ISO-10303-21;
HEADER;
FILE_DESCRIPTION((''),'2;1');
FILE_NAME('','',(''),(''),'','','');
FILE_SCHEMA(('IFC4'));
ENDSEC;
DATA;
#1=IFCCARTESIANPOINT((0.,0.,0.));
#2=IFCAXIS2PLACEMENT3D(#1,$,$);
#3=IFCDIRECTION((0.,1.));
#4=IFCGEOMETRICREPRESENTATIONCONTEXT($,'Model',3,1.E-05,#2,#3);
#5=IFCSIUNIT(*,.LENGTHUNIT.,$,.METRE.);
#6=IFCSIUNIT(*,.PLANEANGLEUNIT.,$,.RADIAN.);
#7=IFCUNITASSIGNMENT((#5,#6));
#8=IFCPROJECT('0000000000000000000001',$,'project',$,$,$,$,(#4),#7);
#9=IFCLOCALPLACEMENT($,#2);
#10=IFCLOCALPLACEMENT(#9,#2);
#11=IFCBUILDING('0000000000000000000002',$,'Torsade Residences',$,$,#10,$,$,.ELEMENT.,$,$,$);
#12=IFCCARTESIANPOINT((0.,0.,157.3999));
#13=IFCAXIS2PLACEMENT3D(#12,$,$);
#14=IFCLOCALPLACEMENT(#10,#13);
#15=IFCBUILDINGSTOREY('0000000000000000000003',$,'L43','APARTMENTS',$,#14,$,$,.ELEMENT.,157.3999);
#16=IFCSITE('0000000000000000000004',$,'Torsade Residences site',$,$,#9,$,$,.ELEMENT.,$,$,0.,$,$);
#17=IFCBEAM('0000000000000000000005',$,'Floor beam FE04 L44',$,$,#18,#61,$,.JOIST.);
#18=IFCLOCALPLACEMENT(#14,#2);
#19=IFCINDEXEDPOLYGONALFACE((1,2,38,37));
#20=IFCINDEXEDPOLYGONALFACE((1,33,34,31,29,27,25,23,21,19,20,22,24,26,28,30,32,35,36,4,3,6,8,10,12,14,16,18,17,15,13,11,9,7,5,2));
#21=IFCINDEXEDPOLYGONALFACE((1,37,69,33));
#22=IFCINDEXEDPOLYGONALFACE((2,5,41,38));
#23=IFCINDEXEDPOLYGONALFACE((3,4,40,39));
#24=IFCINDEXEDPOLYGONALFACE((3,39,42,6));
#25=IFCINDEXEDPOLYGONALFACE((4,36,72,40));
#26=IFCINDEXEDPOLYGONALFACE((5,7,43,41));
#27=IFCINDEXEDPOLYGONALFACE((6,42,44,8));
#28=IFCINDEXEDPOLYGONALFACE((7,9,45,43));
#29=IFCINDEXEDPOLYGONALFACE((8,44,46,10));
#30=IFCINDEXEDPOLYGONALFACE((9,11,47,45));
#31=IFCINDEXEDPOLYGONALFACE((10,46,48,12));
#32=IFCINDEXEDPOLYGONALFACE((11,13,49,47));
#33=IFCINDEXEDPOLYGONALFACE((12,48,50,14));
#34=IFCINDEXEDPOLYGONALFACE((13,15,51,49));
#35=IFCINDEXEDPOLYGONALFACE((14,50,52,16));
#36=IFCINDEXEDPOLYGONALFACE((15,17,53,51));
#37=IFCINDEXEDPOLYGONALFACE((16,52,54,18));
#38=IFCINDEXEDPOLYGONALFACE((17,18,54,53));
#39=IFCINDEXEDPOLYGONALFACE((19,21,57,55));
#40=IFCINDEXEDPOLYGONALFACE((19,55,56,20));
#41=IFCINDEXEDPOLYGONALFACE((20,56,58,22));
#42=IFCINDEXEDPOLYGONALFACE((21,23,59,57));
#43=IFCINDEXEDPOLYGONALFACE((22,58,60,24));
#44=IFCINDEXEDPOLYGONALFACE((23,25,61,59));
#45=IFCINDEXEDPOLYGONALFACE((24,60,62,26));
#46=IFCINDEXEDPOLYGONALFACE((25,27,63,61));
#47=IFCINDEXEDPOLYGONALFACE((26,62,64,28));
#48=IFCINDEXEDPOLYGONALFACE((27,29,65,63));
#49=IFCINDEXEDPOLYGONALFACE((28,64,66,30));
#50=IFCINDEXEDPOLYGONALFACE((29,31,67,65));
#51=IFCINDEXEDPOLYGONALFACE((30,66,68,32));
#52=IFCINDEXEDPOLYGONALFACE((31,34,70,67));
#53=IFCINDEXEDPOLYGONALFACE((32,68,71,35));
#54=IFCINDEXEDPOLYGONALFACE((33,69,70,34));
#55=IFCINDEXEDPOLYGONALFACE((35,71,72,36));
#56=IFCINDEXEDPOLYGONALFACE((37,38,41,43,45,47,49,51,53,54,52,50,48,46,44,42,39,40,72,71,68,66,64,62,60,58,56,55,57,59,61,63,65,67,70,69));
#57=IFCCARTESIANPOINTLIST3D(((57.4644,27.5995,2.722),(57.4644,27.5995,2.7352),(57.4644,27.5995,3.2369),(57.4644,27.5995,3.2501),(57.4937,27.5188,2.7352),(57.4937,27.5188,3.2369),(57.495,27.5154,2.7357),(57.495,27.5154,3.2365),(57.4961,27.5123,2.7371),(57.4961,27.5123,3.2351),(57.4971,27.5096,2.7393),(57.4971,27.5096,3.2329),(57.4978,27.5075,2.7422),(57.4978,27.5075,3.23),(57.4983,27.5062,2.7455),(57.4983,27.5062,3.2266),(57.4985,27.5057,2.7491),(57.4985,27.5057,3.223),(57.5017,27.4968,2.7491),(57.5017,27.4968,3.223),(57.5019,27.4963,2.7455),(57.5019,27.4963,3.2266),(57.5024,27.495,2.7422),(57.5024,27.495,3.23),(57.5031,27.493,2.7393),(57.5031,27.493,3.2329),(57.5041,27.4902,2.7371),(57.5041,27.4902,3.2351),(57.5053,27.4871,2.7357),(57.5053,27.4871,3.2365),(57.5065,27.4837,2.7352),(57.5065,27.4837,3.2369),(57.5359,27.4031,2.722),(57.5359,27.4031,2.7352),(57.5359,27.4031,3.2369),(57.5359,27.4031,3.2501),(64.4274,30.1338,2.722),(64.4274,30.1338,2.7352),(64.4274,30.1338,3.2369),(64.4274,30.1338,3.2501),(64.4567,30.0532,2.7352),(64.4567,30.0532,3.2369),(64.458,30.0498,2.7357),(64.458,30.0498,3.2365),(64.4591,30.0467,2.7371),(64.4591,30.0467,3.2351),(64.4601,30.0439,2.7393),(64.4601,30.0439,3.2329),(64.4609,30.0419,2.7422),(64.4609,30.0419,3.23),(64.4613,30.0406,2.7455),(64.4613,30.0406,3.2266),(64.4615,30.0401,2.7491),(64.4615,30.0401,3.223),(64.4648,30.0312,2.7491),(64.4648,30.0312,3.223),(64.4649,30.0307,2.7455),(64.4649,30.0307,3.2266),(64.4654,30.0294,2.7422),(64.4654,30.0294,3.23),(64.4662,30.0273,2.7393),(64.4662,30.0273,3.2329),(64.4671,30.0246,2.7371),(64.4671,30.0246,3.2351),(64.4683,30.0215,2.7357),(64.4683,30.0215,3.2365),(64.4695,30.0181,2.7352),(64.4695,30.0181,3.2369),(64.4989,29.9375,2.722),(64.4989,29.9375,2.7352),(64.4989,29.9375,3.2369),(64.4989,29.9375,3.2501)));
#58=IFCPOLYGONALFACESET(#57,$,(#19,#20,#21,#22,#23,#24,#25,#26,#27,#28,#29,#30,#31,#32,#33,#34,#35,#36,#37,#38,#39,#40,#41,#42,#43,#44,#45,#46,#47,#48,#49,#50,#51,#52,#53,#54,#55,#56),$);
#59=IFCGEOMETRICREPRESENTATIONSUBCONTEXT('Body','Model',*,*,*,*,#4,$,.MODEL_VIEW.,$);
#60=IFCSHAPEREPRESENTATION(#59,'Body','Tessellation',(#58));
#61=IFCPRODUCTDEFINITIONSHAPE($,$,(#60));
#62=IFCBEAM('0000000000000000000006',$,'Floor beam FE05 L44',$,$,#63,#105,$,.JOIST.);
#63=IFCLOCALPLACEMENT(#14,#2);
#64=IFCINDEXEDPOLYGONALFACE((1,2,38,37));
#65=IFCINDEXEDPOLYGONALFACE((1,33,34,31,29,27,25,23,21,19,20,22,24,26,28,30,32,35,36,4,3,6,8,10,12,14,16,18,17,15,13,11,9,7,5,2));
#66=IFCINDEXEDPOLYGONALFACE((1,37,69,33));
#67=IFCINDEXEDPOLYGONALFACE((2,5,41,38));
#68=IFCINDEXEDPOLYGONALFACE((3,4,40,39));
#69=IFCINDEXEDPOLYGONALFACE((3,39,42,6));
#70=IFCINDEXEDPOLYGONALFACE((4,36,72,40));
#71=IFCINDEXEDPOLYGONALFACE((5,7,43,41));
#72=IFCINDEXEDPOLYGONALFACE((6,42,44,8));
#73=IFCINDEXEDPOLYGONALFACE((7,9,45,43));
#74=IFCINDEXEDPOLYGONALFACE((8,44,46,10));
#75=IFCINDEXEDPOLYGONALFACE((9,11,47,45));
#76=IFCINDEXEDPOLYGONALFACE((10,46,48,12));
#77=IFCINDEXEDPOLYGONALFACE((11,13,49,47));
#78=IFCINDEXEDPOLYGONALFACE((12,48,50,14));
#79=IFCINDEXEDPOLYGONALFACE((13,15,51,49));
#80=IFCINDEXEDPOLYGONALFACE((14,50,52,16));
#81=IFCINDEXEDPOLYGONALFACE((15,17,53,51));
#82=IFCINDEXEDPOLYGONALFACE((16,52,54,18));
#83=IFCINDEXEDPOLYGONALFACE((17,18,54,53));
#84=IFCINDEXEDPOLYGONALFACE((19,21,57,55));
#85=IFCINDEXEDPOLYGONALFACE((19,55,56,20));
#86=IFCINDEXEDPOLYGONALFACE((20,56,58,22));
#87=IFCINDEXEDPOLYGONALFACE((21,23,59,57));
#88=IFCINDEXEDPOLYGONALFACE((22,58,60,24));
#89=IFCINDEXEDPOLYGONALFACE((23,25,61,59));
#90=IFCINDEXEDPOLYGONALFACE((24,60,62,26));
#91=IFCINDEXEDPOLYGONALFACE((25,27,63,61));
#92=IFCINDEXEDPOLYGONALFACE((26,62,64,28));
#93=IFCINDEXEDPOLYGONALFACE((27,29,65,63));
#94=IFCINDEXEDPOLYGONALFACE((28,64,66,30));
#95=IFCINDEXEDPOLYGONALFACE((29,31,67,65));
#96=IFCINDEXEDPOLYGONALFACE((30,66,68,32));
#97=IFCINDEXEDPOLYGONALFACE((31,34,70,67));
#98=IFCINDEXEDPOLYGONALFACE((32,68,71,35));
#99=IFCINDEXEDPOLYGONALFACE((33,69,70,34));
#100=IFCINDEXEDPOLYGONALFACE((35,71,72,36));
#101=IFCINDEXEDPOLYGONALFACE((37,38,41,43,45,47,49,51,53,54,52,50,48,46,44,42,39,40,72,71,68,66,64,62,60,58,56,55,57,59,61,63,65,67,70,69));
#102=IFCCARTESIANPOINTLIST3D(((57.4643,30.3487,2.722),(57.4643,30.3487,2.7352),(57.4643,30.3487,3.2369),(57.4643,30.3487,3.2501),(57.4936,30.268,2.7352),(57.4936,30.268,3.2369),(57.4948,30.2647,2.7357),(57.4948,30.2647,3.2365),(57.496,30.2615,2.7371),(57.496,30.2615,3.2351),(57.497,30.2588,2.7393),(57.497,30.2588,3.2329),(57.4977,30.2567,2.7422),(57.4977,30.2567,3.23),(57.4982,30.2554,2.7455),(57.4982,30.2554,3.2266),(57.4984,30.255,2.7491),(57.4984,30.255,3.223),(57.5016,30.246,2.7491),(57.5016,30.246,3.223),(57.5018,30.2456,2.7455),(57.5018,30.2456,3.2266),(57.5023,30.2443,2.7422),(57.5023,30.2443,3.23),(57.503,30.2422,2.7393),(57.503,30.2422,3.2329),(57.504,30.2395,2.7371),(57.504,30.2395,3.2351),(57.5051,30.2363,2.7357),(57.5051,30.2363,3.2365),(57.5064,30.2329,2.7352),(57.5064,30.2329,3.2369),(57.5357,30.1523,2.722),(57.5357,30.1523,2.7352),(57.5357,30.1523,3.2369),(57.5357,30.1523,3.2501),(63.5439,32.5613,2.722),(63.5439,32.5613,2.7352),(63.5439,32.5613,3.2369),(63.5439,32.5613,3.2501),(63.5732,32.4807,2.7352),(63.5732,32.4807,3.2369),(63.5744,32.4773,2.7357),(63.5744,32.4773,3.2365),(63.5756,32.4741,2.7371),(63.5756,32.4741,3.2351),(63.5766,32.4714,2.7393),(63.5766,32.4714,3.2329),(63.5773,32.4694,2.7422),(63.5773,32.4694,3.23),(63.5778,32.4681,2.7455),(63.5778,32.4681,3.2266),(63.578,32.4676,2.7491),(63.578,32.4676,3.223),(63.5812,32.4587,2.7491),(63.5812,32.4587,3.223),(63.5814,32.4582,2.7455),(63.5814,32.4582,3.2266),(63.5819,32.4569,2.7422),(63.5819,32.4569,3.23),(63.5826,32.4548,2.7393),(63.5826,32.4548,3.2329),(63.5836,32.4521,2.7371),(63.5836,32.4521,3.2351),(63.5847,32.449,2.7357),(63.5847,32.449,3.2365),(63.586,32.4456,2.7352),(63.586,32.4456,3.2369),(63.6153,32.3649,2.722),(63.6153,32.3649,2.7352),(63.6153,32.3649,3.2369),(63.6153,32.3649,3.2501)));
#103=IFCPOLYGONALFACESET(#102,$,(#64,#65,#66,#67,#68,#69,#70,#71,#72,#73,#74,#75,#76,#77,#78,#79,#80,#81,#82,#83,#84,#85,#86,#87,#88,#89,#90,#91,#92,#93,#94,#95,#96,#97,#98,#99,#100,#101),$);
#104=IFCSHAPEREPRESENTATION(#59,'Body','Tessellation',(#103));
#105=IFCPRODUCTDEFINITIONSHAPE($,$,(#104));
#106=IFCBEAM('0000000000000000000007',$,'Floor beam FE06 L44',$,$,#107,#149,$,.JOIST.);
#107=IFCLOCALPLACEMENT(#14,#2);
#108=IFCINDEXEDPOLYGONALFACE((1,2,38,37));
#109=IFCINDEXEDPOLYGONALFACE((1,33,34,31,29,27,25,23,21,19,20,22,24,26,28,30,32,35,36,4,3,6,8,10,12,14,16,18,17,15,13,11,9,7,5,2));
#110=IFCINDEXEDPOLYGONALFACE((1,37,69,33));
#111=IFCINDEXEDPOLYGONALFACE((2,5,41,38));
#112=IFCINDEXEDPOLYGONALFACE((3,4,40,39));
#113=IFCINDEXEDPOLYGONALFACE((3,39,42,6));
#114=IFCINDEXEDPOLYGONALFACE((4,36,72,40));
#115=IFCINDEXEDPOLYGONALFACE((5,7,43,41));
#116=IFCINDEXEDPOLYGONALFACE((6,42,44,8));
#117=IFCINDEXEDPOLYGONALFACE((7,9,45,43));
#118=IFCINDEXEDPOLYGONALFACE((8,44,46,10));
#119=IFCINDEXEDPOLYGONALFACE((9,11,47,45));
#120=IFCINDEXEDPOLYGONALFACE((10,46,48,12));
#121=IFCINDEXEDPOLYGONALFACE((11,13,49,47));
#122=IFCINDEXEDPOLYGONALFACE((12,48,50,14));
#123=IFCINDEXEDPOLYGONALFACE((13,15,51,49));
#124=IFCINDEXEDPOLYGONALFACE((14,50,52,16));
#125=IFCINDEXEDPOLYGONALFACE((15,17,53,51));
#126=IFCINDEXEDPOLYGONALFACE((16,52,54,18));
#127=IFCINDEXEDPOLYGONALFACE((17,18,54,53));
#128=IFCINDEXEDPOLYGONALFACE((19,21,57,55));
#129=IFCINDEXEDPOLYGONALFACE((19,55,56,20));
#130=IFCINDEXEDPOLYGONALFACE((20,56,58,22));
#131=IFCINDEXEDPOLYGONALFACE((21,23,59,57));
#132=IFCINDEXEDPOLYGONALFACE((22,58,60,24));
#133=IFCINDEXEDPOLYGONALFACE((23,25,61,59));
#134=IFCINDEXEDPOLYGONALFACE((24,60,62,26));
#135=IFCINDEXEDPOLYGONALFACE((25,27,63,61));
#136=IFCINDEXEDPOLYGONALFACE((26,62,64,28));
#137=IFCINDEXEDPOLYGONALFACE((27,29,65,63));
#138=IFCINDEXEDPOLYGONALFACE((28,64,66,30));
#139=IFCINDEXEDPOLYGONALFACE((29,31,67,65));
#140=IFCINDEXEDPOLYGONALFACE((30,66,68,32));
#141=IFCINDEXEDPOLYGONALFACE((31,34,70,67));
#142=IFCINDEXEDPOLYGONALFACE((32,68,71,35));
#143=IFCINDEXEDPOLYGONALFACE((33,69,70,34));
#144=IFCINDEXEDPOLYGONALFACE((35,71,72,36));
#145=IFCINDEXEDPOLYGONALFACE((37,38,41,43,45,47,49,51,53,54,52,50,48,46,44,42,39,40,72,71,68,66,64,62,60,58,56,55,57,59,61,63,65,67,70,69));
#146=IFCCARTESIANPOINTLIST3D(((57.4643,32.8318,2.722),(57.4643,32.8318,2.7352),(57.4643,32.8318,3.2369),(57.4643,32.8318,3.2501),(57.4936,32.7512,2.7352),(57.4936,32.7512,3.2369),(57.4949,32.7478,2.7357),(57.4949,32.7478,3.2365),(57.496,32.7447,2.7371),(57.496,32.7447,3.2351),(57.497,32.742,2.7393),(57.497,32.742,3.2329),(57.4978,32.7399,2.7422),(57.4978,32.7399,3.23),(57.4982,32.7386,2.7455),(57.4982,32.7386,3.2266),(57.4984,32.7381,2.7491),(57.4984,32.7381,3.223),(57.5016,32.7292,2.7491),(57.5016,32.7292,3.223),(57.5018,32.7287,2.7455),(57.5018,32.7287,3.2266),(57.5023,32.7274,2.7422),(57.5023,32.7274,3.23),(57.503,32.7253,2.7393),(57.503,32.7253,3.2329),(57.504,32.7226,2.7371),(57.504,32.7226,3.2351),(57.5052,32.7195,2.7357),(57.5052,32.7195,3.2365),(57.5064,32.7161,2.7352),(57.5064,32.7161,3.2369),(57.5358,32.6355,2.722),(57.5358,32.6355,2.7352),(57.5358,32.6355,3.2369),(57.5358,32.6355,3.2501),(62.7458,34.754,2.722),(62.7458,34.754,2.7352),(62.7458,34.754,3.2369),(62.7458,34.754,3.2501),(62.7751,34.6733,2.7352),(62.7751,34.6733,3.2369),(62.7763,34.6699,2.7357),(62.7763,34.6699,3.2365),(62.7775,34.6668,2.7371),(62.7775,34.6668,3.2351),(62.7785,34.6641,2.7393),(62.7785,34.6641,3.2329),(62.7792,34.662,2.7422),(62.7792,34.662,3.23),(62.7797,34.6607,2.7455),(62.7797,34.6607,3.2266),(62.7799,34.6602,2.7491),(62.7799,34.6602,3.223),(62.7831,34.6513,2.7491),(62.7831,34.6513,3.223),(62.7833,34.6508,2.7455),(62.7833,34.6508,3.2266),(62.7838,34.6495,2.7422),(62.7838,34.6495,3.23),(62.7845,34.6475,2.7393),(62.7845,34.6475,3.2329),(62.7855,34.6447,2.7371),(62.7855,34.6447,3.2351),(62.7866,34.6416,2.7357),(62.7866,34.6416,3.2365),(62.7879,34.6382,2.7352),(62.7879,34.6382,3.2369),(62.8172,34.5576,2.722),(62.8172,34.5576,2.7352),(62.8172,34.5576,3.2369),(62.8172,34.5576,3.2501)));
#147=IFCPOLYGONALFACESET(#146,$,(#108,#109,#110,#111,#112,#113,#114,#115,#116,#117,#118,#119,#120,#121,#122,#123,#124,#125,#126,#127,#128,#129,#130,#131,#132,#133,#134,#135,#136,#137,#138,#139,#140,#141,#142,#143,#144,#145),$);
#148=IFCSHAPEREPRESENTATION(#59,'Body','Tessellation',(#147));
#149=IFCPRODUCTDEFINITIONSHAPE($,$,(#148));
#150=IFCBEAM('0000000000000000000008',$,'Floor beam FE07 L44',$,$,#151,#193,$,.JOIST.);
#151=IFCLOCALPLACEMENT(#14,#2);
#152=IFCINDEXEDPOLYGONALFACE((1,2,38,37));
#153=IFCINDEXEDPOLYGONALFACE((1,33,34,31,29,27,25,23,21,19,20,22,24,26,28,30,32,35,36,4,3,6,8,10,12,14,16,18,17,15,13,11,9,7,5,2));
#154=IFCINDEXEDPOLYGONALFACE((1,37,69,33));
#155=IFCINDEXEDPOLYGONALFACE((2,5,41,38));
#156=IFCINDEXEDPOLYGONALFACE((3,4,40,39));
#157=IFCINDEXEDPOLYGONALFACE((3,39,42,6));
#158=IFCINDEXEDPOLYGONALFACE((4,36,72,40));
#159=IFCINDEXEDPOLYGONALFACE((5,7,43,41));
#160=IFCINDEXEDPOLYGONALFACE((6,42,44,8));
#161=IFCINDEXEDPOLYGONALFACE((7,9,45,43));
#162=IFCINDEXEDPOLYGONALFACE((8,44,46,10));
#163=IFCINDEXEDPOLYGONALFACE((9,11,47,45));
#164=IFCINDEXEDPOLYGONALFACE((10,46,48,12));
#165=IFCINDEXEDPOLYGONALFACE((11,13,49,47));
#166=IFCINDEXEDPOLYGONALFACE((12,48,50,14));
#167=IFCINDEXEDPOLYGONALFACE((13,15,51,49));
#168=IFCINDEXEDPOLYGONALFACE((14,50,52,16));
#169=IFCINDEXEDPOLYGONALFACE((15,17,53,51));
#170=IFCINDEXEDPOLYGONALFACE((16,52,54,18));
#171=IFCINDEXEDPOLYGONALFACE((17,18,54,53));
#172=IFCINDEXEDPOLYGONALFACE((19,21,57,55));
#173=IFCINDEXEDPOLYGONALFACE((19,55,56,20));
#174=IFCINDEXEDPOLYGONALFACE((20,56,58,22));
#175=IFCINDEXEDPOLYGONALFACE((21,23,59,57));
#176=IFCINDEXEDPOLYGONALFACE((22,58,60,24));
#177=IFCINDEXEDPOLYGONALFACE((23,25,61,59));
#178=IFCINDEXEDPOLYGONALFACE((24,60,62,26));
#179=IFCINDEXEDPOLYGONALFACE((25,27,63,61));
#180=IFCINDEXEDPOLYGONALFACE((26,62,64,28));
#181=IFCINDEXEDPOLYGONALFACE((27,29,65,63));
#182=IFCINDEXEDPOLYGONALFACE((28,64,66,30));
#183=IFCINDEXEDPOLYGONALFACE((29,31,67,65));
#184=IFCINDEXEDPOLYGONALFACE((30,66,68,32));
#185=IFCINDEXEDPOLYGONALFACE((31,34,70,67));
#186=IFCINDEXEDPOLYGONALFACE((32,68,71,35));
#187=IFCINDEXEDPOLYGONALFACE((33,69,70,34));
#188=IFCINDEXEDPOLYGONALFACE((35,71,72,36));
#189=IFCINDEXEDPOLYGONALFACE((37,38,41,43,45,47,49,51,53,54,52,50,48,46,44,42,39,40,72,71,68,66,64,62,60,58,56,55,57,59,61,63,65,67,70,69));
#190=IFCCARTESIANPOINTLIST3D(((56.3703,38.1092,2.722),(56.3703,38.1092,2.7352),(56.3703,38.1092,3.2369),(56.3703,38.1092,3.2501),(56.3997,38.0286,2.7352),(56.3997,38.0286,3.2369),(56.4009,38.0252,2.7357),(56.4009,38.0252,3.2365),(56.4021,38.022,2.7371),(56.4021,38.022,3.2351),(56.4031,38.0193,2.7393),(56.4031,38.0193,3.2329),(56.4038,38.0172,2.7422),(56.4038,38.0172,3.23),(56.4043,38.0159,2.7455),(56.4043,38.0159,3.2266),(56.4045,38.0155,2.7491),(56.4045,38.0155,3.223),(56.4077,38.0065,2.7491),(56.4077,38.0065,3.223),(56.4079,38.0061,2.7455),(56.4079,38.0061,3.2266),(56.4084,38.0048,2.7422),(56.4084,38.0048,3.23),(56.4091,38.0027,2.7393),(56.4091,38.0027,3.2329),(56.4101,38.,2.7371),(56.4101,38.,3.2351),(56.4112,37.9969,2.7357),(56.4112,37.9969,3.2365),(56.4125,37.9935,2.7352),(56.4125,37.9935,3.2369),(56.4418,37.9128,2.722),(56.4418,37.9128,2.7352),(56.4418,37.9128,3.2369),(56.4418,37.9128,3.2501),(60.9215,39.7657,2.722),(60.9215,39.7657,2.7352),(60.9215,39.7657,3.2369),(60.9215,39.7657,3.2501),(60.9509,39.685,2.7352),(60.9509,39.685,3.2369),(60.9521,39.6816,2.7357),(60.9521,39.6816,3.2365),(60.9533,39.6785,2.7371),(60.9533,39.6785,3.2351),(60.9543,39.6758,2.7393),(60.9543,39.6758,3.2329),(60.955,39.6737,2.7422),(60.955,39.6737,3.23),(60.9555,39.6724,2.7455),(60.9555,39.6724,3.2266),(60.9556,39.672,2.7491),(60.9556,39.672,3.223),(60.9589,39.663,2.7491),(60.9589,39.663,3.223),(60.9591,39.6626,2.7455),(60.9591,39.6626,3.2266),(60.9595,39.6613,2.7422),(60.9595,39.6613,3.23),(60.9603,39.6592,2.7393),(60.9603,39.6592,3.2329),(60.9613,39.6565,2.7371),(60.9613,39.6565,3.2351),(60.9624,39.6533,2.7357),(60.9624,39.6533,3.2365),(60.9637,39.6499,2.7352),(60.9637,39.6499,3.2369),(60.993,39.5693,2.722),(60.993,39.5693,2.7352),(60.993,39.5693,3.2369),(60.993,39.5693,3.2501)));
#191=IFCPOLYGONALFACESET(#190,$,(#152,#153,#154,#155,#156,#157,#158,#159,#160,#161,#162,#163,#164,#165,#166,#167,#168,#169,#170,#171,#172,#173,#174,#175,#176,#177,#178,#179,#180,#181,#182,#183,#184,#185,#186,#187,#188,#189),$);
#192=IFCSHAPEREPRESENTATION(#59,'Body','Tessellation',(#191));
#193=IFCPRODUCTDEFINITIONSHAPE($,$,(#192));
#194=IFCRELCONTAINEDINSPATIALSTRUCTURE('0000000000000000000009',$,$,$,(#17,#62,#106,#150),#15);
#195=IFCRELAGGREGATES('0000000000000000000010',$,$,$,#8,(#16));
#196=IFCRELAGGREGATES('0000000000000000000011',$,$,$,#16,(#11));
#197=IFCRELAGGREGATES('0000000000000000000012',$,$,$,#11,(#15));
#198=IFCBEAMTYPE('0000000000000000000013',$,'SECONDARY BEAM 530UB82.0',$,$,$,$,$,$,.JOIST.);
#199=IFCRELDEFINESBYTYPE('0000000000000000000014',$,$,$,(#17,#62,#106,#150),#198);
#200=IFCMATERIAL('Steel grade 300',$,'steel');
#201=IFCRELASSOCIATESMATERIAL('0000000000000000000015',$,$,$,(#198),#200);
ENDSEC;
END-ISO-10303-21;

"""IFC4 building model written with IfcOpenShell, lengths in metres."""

from ifc_helpers import new_model, si_unit, direction, frame, origin, origin_2d, place, context, subcontext, project, spatial, i_section, extrude, material, material_profile, profile_set, type_object, element, save


model = new_model("IFC4")

# Units and contexts
model_context = context("Model", 3, precision=1e-05, world=origin(), true_north=direction((0.0, 1.0)))
body_context = subcontext(model_context, "Body", "Model", "MODEL_VIEW")
ifc_project = project(units=[si_unit("LENGTHUNIT", "METRE"), si_unit("PLANEANGLEUNIT", "RADIAN")], contexts=[model_context])

# Site, building, storey
site_placement = place(None, origin())
site = spatial("IfcSite", under=ifc_project, at=site_placement, Name="Torsade Residences site", CompositionType="ELEMENT", RefElevation=0.0)
building_placement = place(site_placement, origin())
building = spatial("IfcBuilding", under=site, at=building_placement, Name="Torsade Residences", CompositionType="ELEMENT")
storey_placement = place(building_placement, frame((0.0, 0.0, 157.3999)))
storey = spatial("IfcBuildingStorey", under=building, at=storey_placement, Name="L43", Description="APARTMENTS", CompositionType="ELEMENT", Elevation=157.3999)

# Beams
ifc_material_1 = material(Name="Steel grade 300", Category="steel")
ifc_material_profile_1 = material_profile(ifc_material_1, i_section(OverallWidth=0.209, OverallDepth=0.5281, WebThickness=0.0095, FlangeThickness=0.0132, FilletRadius=0.0139, at=origin_2d()), Name="530UB82.0")
ifc_profile_set_1 = profile_set([ifc_material_profile_1], Name="Steel grade 300")
beam_type_1 = type_object("IfcBeamType", Name="SECONDARY BEAM 530UB82.0", PredefinedType="JOIST", material=ifc_profile_set_1)
beam_1_placement = place(storey_placement, frame((64.4631, 30.0356, 2.9861), z_axis=(-0.93969, -0.342026, 0.0), x_axis=(0.342026, -0.93969, 0.0)))
element("IfcBeam", 1, at=beam_1_placement, inside=storey, type_object=beam_type_1, Name="Floor beam FE04 L44", PredefinedType="JOIST", context=body_context, shape_type="SweptSolid", body=[
    extrude(i_section(OverallWidth=0.209, OverallDepth=0.5281, WebThickness=0.0095, FlangeThickness=0.0132, FilletRadius=0.0139, at=origin_2d()), origin(), (0.0, 0.0, 1.0), 7.4099),
])
beam_2_placement = place(storey_placement, frame((63.5796, 32.4631, 2.9861), z_axis=(-0.9397, -0.342001, 0.0), x_axis=(0.342001, -0.9397, 0.0)))
element("IfcBeam", 2, at=beam_2_placement, inside=storey, type_object=beam_type_1, Name="Floor beam FE05 L44", PredefinedType="JOIST", context=body_context, shape_type="SweptSolid", body=[
    extrude(i_section(OverallWidth=0.209, OverallDepth=0.5281, WebThickness=0.0095, FlangeThickness=0.0132, FilletRadius=0.0139, at=origin_2d()), origin(), (0.0, 0.0, 1.0), 6.4697),
])
beam_3_placement = place(storey_placement, frame((62.7815, 34.6558, 2.9861), z_axis=(-0.939703, -0.341991, 0.0), x_axis=(0.341991, -0.939703, 0.0)))
element("IfcBeam", 3, at=beam_3_placement, inside=storey, type_object=beam_type_1, Name="Floor beam FE06 L44", PredefinedType="JOIST", context=body_context, shape_type="SweptSolid", body=[
    extrude(i_section(OverallWidth=0.209, OverallDepth=0.5281, WebThickness=0.0095, FlangeThickness=0.0132, FilletRadius=0.0139, at=origin_2d()), origin(), (0.0, 0.0, 1.0), 5.6204),
])
beam_4_placement = place(storey_placement, frame((60.9573, 39.6675, 2.9861), z_axis=(-0.939695, -0.342014, 0.0), x_axis=(0.342014, -0.939695, 0.0)))
element("IfcBeam", 4, at=beam_4_placement, inside=storey, type_object=beam_type_1, Name="Floor beam FE07 L44", PredefinedType="JOIST", context=body_context, shape_type="SweptSolid", body=[
    extrude(i_section(OverallWidth=0.209, OverallDepth=0.5281, WebThickness=0.0095, FlangeThickness=0.0132, FilletRadius=0.0139, at=origin_2d()), origin(), (0.0, 0.0, 1.0), 4.8433),
])

save(model, "model.ifc")
